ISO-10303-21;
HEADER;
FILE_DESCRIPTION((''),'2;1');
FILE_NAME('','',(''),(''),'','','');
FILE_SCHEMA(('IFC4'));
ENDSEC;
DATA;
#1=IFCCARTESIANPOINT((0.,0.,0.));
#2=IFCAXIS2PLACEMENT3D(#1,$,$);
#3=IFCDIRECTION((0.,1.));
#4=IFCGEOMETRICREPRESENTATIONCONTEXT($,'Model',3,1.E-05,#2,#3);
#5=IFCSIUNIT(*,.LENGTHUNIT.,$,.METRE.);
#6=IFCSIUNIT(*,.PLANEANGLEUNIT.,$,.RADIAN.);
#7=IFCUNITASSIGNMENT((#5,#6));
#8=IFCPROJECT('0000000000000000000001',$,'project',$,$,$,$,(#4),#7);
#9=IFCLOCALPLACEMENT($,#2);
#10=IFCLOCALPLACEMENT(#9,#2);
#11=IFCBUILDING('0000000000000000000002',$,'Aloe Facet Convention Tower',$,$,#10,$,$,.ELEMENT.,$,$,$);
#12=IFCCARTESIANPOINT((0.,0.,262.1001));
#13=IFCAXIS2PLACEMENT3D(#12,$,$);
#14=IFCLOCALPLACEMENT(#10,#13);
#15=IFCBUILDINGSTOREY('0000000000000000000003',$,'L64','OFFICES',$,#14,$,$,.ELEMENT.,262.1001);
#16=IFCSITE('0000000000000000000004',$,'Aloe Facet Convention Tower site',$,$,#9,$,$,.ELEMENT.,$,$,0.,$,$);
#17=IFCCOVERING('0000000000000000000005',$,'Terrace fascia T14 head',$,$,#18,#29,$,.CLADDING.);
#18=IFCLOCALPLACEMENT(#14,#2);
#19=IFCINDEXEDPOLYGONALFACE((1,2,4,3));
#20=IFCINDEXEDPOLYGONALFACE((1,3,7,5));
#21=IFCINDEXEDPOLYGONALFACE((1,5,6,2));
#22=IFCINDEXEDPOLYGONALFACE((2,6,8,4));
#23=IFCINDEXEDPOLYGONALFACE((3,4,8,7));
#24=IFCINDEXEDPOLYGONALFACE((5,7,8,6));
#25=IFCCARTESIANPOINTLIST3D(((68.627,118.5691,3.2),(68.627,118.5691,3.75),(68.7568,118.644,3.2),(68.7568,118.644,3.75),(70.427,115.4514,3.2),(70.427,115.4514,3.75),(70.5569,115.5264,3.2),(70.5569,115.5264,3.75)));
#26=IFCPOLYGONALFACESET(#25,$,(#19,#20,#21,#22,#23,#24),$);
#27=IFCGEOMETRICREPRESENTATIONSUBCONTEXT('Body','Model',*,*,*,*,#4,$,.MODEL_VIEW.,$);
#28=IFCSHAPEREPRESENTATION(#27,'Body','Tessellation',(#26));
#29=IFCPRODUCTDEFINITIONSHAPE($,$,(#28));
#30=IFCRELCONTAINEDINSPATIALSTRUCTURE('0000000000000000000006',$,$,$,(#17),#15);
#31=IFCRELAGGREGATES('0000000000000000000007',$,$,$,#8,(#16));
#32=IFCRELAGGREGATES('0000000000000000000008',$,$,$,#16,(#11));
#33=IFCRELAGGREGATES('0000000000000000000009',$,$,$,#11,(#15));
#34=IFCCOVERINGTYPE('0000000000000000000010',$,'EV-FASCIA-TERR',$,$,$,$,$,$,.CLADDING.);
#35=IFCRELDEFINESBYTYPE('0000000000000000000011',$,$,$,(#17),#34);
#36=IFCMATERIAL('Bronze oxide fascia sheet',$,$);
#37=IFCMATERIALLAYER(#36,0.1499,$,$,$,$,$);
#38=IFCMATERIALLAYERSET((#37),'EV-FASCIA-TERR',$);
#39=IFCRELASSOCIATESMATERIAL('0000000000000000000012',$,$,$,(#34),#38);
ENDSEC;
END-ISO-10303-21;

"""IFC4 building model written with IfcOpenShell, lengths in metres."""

from ifc_helpers import new_model, si_unit, direction, frame, origin, place, context, subcontext, project, spatial, polyline, outline, extrude, material, layer, layer_set, type_object, element, save


model = new_model("IFC4")

# Units and contexts
model_context = context("Model", 3, precision=1e-05, world=origin(), true_north=direction((0.0, 1.0)))
body_context = subcontext(model_context, "Body", "Model", "MODEL_VIEW")
ifc_project = project(units=[si_unit("LENGTHUNIT", "METRE"), si_unit("PLANEANGLEUNIT", "RADIAN")], contexts=[model_context])

# Site, building, storey
site_placement = place(None, origin())
site = spatial("IfcSite", under=ifc_project, at=site_placement, Name="Aloe Facet Convention Tower site", CompositionType="ELEMENT", RefElevation=0.0)
building_placement = place(site_placement, origin())
building = spatial("IfcBuilding", under=site, at=building_placement, Name="Aloe Facet Convention Tower", CompositionType="ELEMENT")
storey_placement = place(building_placement, frame((0.0, 0.0, 262.1001)))
storey = spatial("IfcBuildingStorey", under=building, at=storey_placement, Name="L64", Description="OFFICES", CompositionType="ELEMENT", Elevation=262.1001)

# Covering
ifc_material_1 = material(Name="Bronze oxide fascia sheet")
ifc_layer_1 = layer(ifc_material_1, 0.1499)
ifc_layer_set_1 = layer_set([ifc_layer_1], Name="EV-FASCIA-TERR")
covering_type = type_object("IfcCoveringType", Name="EV-FASCIA-TERR", PredefinedType="CLADDING", material=ifc_layer_set_1)
covering_placement = place(storey_placement, frame((0.0, 0.0, 3.2)))
element("IfcCovering", 1, at=covering_placement, inside=storey, type_object=covering_type, Name="Terrace fascia T14 head", PredefinedType="CLADDING", context=body_context, shape_type="SweptSolid", body=[
    extrude(outline(polyline([(68.627, 118.5691), (70.427, 115.4514), (70.5569, 115.5264), (68.7568, 118.644), (68.627, 118.5691)])), origin(), (0.0, 0.0, 1.0), 0.55),
])

save(model, "model.ifc")
